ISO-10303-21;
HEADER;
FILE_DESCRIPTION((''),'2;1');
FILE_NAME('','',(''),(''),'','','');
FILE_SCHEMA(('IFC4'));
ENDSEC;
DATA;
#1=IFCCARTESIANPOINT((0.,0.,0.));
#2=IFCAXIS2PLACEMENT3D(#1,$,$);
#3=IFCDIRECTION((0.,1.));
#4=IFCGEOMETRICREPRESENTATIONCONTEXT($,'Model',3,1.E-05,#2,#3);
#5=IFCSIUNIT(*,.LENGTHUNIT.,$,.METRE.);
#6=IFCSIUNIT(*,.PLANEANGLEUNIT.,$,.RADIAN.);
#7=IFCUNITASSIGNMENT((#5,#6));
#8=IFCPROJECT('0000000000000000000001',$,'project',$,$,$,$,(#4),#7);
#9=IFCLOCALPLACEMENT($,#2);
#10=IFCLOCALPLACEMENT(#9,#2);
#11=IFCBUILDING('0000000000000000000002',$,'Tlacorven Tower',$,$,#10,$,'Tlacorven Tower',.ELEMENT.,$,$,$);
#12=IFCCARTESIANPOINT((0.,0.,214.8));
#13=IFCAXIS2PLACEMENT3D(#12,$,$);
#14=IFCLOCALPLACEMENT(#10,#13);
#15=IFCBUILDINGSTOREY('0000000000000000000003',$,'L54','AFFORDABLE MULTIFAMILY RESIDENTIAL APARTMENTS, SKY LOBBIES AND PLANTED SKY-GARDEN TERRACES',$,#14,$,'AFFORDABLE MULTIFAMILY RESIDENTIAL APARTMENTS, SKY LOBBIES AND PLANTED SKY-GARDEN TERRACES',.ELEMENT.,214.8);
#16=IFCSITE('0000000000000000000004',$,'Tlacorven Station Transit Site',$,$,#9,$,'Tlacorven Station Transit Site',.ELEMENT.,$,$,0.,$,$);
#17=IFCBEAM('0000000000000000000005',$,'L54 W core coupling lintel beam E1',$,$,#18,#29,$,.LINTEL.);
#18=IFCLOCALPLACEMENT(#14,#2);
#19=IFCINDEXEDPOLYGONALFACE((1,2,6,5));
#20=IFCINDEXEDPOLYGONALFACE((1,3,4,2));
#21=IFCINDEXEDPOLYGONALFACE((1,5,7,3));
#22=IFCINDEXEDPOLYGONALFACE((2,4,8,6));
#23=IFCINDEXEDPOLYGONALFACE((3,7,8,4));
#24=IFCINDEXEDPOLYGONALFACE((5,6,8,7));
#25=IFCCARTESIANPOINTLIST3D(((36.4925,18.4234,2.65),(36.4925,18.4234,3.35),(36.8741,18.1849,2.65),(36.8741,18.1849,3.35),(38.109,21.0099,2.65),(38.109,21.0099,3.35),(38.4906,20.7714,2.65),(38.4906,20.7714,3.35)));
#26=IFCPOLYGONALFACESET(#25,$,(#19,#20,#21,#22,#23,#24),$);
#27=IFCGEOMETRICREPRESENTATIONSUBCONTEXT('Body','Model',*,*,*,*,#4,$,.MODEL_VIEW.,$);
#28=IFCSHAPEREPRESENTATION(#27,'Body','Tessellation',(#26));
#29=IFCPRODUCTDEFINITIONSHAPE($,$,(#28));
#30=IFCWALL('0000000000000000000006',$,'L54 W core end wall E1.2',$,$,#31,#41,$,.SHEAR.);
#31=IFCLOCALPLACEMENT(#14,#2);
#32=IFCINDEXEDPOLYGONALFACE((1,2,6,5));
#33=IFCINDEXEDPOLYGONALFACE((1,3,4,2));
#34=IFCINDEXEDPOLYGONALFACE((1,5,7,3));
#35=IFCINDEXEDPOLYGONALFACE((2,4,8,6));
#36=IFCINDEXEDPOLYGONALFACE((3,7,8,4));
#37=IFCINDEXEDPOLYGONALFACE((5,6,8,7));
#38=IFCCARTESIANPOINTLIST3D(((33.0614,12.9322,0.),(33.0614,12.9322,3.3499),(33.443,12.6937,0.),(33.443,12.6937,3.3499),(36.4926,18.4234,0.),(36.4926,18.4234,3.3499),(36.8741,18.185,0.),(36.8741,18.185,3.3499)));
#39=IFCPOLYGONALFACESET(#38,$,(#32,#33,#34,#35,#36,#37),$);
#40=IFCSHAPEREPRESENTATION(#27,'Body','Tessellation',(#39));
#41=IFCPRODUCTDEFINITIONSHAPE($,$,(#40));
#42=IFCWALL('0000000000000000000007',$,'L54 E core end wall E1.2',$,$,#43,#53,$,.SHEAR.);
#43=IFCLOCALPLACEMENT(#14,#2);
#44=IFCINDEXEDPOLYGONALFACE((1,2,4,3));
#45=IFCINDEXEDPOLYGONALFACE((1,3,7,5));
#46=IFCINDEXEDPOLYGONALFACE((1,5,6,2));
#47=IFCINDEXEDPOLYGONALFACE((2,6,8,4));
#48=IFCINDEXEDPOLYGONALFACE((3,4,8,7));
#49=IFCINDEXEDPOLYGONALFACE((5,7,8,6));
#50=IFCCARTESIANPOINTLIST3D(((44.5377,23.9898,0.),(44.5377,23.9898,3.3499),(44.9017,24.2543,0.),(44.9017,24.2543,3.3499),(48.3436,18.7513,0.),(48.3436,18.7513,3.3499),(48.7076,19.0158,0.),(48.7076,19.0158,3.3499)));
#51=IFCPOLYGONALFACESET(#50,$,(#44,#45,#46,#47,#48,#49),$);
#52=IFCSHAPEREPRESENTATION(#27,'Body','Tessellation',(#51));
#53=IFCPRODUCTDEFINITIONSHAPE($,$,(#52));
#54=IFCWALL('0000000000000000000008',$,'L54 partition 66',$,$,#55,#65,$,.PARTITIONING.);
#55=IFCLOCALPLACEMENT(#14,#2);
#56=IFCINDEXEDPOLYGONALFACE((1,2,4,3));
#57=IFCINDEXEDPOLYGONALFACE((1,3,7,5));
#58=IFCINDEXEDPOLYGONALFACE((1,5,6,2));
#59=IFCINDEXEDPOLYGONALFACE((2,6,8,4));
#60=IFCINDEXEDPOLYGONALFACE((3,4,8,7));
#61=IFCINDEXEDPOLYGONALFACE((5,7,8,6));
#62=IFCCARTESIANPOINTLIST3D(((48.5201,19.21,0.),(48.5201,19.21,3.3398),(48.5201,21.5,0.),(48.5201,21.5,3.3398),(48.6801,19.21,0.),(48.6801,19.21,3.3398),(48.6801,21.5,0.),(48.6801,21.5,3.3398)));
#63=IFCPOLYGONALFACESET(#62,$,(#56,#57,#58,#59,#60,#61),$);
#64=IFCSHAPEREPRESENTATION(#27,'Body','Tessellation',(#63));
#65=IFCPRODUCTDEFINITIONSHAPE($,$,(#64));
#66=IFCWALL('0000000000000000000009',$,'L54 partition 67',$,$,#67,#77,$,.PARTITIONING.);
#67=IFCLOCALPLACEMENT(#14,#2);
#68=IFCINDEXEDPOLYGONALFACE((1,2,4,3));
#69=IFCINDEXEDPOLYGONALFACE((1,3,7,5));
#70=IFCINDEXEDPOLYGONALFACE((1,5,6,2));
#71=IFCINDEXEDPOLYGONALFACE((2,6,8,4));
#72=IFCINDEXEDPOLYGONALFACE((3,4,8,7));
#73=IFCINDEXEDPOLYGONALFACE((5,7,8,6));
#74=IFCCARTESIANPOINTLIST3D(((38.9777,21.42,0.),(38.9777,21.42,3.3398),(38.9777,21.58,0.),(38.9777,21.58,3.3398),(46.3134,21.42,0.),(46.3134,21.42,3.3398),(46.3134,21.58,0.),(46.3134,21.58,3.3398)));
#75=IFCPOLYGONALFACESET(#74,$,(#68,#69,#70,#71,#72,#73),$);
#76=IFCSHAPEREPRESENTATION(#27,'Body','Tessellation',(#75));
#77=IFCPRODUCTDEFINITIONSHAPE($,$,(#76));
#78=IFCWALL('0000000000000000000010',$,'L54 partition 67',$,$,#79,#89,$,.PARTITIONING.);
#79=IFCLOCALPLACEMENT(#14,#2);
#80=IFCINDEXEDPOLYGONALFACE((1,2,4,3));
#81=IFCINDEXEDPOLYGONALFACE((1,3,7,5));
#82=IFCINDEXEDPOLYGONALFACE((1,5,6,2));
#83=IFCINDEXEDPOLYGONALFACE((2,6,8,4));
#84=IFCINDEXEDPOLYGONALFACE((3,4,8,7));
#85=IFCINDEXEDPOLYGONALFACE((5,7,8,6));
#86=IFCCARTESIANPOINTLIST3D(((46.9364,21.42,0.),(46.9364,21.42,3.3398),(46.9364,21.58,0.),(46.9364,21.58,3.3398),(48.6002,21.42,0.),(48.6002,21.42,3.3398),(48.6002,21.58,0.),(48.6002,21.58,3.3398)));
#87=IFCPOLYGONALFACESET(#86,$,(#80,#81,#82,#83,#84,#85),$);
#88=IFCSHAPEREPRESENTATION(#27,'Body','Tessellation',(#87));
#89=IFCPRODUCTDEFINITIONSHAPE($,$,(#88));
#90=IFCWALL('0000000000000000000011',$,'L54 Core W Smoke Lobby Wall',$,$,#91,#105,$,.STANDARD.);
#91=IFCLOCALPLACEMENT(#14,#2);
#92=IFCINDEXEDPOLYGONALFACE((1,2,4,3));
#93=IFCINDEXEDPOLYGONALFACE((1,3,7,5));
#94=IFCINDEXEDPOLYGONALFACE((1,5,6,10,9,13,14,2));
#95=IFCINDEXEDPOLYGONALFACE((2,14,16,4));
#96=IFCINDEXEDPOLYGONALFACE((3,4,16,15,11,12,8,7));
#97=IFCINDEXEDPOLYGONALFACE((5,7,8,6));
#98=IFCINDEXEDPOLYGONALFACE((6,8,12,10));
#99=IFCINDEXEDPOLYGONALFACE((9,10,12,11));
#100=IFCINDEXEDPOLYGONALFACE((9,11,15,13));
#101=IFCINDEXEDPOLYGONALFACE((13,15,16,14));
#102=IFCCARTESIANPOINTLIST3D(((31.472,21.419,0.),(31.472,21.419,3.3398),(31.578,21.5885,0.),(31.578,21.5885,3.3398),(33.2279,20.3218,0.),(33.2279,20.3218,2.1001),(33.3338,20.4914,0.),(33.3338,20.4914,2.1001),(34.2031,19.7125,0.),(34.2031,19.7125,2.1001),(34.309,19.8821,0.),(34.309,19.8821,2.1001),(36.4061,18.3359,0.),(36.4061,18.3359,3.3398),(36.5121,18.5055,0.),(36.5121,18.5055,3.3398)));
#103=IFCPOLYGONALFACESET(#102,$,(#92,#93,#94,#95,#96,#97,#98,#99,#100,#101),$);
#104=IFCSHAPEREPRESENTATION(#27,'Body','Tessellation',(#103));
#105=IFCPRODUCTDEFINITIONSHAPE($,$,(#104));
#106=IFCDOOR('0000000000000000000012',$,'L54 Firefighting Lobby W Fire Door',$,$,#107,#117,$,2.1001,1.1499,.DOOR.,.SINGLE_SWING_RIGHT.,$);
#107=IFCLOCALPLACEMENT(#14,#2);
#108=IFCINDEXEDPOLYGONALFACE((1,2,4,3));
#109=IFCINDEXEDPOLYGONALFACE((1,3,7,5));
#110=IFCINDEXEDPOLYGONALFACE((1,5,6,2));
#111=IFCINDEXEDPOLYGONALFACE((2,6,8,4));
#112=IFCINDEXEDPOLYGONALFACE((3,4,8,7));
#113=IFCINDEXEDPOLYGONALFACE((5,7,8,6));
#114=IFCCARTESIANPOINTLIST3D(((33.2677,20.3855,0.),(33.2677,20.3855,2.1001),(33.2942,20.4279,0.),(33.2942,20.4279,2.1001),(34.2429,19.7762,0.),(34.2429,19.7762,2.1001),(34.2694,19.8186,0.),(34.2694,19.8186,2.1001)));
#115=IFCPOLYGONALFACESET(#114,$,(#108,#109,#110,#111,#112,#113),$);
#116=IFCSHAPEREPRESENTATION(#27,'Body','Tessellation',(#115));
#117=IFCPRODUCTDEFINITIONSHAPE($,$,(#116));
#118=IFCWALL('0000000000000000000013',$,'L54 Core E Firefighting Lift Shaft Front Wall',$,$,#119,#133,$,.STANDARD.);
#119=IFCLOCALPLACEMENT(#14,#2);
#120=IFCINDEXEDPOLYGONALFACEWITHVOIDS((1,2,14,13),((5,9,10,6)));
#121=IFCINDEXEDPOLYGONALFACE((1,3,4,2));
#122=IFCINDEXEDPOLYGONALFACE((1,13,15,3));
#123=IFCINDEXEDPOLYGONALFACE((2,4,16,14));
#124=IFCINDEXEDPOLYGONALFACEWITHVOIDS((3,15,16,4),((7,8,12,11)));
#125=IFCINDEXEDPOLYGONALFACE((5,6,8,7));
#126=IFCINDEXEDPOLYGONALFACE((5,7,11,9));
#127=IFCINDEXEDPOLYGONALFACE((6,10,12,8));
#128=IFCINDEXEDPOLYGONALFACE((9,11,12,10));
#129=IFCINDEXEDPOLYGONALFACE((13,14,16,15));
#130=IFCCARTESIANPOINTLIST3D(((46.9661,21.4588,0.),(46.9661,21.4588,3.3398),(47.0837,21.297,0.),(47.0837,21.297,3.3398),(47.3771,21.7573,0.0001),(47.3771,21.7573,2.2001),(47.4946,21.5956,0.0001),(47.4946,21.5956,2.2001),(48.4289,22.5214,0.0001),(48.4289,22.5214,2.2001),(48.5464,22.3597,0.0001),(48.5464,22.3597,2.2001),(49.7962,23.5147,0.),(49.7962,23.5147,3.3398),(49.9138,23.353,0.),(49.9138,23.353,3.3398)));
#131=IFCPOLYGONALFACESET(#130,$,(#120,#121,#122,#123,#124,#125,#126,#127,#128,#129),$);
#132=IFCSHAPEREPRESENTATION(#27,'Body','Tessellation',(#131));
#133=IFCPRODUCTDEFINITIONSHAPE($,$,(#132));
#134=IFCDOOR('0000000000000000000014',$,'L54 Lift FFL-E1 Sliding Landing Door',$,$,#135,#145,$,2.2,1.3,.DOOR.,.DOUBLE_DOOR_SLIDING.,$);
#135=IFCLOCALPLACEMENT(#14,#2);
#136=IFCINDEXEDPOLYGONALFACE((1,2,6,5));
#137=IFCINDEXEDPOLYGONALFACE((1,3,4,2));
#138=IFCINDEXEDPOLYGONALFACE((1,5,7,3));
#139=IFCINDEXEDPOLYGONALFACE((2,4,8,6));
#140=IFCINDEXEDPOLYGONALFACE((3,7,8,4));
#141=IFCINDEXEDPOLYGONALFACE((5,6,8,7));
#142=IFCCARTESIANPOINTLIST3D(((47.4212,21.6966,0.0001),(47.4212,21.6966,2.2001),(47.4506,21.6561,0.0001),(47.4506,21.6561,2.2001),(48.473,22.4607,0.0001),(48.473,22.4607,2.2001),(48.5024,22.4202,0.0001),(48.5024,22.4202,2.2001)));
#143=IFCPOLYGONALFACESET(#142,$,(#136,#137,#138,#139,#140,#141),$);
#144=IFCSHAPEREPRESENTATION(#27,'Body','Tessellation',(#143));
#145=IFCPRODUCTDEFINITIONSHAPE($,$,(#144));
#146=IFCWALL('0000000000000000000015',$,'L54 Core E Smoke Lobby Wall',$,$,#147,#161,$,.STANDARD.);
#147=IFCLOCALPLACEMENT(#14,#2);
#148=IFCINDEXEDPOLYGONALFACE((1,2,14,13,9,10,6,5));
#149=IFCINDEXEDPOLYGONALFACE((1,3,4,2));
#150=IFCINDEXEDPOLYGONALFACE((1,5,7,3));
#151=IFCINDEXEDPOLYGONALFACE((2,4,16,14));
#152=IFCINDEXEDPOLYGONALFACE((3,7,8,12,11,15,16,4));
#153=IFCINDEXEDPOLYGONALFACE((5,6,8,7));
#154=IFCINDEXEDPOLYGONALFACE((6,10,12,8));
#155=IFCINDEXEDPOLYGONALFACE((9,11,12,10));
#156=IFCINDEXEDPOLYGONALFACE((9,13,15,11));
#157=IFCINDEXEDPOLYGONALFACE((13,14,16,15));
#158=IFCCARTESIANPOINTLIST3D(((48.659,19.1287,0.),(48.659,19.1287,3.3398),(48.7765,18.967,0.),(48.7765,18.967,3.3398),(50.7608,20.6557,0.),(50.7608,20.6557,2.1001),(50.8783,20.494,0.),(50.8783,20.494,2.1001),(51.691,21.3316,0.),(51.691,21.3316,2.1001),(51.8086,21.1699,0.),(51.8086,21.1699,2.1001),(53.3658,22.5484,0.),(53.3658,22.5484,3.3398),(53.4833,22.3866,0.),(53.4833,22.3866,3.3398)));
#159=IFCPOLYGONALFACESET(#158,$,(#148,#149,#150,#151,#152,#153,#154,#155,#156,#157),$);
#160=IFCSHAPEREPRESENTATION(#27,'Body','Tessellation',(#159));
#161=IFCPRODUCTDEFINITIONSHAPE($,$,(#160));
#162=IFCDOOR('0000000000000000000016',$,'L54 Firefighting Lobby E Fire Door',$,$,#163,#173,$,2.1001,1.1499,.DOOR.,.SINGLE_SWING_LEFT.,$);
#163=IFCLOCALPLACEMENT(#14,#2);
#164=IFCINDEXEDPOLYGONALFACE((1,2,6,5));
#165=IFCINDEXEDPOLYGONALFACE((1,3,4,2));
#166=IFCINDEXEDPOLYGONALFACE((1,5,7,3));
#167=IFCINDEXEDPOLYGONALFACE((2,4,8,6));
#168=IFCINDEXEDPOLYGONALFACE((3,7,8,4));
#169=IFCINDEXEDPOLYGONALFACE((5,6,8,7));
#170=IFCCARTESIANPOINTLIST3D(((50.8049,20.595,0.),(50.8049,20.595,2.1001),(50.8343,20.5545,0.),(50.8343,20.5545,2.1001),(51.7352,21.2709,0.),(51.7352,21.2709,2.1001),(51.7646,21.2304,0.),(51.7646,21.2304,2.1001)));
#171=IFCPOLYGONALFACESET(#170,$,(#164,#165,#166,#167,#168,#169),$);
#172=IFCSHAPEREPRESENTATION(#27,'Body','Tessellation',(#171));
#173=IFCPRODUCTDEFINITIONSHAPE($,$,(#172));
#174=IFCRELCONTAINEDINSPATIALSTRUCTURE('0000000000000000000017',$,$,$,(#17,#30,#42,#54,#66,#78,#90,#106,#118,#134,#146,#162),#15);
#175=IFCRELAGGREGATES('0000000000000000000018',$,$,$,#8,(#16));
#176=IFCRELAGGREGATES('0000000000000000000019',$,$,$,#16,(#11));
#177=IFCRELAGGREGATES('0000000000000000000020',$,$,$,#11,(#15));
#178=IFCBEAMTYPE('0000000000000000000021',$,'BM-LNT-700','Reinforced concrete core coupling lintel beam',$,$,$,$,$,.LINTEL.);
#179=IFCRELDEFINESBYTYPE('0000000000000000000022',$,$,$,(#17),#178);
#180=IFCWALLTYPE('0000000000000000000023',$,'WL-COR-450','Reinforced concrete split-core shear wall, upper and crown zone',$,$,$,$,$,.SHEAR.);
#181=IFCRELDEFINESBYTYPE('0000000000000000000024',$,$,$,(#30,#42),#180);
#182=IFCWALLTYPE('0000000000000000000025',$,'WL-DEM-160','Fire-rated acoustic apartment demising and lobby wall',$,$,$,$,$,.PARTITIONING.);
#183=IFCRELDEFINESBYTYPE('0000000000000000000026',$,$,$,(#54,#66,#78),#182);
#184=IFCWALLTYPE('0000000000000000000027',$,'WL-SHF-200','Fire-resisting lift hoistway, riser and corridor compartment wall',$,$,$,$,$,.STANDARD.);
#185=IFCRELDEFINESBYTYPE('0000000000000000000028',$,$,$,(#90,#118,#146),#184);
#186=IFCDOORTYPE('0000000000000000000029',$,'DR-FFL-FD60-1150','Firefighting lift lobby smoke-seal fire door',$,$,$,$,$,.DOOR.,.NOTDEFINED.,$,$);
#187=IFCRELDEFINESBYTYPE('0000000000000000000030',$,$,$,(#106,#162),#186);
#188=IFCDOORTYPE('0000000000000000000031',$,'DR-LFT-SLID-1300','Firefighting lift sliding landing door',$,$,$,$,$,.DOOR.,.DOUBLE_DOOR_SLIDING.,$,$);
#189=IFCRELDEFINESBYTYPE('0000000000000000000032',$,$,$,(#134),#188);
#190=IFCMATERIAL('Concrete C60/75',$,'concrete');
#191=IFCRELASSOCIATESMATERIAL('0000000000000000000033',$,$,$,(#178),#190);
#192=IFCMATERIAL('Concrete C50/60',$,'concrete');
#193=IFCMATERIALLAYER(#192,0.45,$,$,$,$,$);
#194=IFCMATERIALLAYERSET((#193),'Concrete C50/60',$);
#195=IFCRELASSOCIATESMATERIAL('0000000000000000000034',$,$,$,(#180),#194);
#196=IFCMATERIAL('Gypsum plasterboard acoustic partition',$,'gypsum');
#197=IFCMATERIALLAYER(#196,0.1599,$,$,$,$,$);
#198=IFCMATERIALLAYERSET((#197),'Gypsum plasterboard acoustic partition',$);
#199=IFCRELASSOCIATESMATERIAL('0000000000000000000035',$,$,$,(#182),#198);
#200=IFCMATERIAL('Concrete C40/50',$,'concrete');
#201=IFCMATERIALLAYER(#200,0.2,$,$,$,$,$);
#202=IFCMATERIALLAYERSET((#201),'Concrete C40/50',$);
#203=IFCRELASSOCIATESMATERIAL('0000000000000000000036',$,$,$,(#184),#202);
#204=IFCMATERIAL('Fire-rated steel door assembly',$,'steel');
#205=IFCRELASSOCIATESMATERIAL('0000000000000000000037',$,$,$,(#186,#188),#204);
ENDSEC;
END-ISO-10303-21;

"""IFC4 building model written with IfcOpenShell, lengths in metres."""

from ifc_helpers import new_model, si_unit, direction, frame, frame_2d, origin, origin_2d, place, context, subcontext, project, spatial, rectangle, extrude, source, transform, mapped, material, layer, layer_set, material_profile, profile_set, type_object, element, fill, save


model = new_model("IFC4")

# Units and contexts
model_context = context("Model", 3, precision=1e-05, world=origin(), true_north=direction((0.0, 1.0)))
body_context = subcontext(model_context, "Body", "Model", "MODEL_VIEW")
ifc_project = project(units=[si_unit("LENGTHUNIT", "METRE"), si_unit("PLANEANGLEUNIT", "RADIAN")], contexts=[model_context])

# Site, building, storey
site_placement = place(None, origin())
site = spatial("IfcSite", under=ifc_project, at=site_placement, Name="Tlacorven Station Transit Site", LongName="Tlacorven Station Transit Site", CompositionType="ELEMENT", RefElevation=0.0)
building_placement = place(site_placement, origin())
building = spatial("IfcBuilding", under=site, at=building_placement, Name="Tlacorven Tower", LongName="Tlacorven Tower", CompositionType="ELEMENT")
storey_placement = place(building_placement, frame((0.0, 0.0, 214.8)))
storey = spatial("IfcBuildingStorey", under=building, at=storey_placement, Name="L54", Description="AFFORDABLE MULTIFAMILY RESIDENTIAL APARTMENTS, SKY LOBBIES AND PLANTED SKY-GARDEN TERRACES", LongName="AFFORDABLE MULTIFAMILY RESIDENTIAL APARTMENTS, SKY LOBBIES AND PLANTED SKY-GARDEN TERRACES", CompositionType="ELEMENT", Elevation=214.8)

# Beam
ifc_material_1 = material(Name="Concrete C60/75", Category="concrete")
ifc_material_profile = material_profile(ifc_material_1, rectangle(XDim=0.45, YDim=0.7, at=origin_2d()), Name="RC 450X700")
ifc_profile_set = profile_set([ifc_material_profile], Name="Concrete C60/75")
beam_type = type_object("IfcBeamType", Name="BM-LNT-700", Description="Reinforced concrete core coupling lintel beam", PredefinedType="LINTEL", material=ifc_profile_set)
shared_shape_1 = source(origin(), body_context, "Body", "SweptSolid", [
    extrude(rectangle(XDim=0.45, YDim=0.7, at=origin_2d()), origin(), (0.0, 0.0, 1.0), 3.05),
])
beam_placement = place(storey_placement, frame((38.2998, 20.8906, 3.0), z_axis=(-0.529985, -0.848007, 0.0), x_axis=(0.848007, -0.529985, 0.0)))
element("IfcBeam", 1, at=beam_placement, inside=storey, type_object=beam_type, Name="L54 W core coupling lintel beam E1", PredefinedType="LINTEL", context=body_context, shape_type="MappedRepresentation", body=[
    mapped(shared_shape_1, transform((0.0, 0.0, 0.0), scale=1.0)),
])

# Walls
ifc_material_2 = material(Name="Concrete C50/60", Category="concrete")
ifc_layer_1 = layer(ifc_material_2, 0.45)
ifc_layer_set_1 = layer_set([ifc_layer_1], Name="Concrete C50/60")
wall_type_1 = type_object("IfcWallType", Name="WL-COR-450", Description="Reinforced concrete split-core shear wall, upper and crown zone", PredefinedType="SHEAR", material=ifc_layer_set_1)
for number, where, z_axis, x_axis, name in (
    (2, (36.6833, 18.3042, 0.0), (0.0, 0.0, 1.0), (-0.529904, -0.848058, 0.0), "L54 W core end wall E1.2"),
    (3, (48.5256, 18.8835, 0.0), (0.0, 0.0, 1.0), (-0.587775, 0.809025, 0.0), "L54 E core end wall E1.2"),
):
    element("IfcWall", number, at=place(storey_placement, frame(where, z_axis=z_axis, x_axis=x_axis)), inside=storey, type_object=wall_type_1, Name=name, PredefinedType="SHEAR", context=body_context, shape_type="SweptSolid", body=[
        extrude(rectangle(XDim=6.4751, YDim=0.45, at=frame_2d((3.2375, 0.0))), origin(), (0.0, 0.0, 1.0), 3.3499),
    ])
ifc_material_3 = material(Name="Gypsum plasterboard acoustic partition", Category="gypsum")
ifc_layer_2 = layer(ifc_material_3, 0.1599)
ifc_layer_set_2 = layer_set([ifc_layer_2], Name="Gypsum plasterboard acoustic partition")
wall_type_2 = type_object("IfcWallType", Name="WL-DEM-160", Description="Fire-rated acoustic apartment demising and lobby wall", PredefinedType="PARTITIONING", material=ifc_layer_set_2)
wall_1_placement = place(storey_placement, frame((48.6001, 19.21, 0.0), z_axis=(0.0, 0.0, 1.0), x_axis=(0.0, 1.0, 0.0)))
element("IfcWall", 4, at=wall_1_placement, inside=storey, type_object=wall_type_2, Name="L54 partition 66", PredefinedType="PARTITIONING", context=body_context, shape_type="SweptSolid", body=[
    extrude(rectangle(XDim=2.29, YDim=0.1599, at=frame_2d((1.145, 0.0))), origin(), (0.0, 0.0, 1.0), 3.3398),
])
wall_2_placement = place(storey_placement, frame((38.9775, 21.5, 0.0), z_axis=(0.0, 0.0, 1.0), x_axis=(1.0, 0.0, 0.0)))
element("IfcWall", 5, at=wall_2_placement, inside=storey, type_object=wall_type_2, Name="L54 partition 67", PredefinedType="PARTITIONING", context=body_context, shape_type="SweptSolid", body=[
    extrude(rectangle(XDim=7.3357, YDim=0.1599, at=frame_2d((3.668, 0.0))), origin(), (0.0, 0.0, 1.0), 3.3398),
])
wall_3_placement = place(storey_placement, frame((46.9363, 21.5, 0.0), z_axis=(0.0, 0.0, 1.0), x_axis=(1.0, 0.0, 0.0)))
element("IfcWall", 6, at=wall_3_placement, inside=storey, type_object=wall_type_2, Name="L54 partition 67", PredefinedType="PARTITIONING", context=body_context, shape_type="SweptSolid", body=[
    extrude(rectangle(XDim=1.6638, YDim=0.1599, at=frame_2d((0.832, 0.0))), origin(), (0.0, 0.0, 1.0), 3.3398),
])

# Walls, openings, doors
ifc_material_4 = material(Name="Concrete C40/50", Category="concrete")
ifc_layer_3 = layer(ifc_material_4, 0.2)
ifc_layer_set_3 = layer_set([ifc_layer_3], Name="Concrete C40/50")
wall_type_3 = type_object("IfcWallType", Name="WL-SHF-200", Description="Fire-resisting lift hoistway, riser and corridor compartment wall", PredefinedType="STANDARD", material=ifc_layer_set_3)
wall_4_placement = place(storey_placement, frame((36.4592, 18.4207, 0.0), z_axis=(0.0, 0.0, 1.0), x_axis=(-0.84806, 0.529901, 0.0)))
wall_4 = element("IfcWall", 7, at=wall_4_placement, inside=storey, type_object=wall_type_3, Name="L54 Core W Smoke Lobby Wall", PredefinedType="STANDARD", context=body_context, shape_type="SweptSolid", body=[
    extrude(rectangle(XDim=5.8181, YDim=0.2, at=frame_2d((2.9092, 0.0))), origin(), (0.0, 0.0, 1.0), 3.3398),
])
opening_1_placement = place(wall_4_placement, frame((2.5979, 0.0, 0.0)))
opening_1 = element("IfcOpeningElement", 8, at=opening_1_placement, cuts=wall_4, PredefinedType="OPENING", context=body_context, shape_type="SweptSolid", body=[
    extrude(rectangle(XDim=1.1499, YDim=2.1001, at=frame_2d((0.575, 1.05))), frame((0.0, 0.1099, 0.0), z_axis=(0.0, -1.0, 0.0), x_axis=(1.0, 0.0, 0.0)), (0.0, 0.0, 1.0), 0.22),
])
ifc_material_5 = material(Name="Fire-rated steel door assembly", Category="steel")
door_type_1 = type_object("IfcDoorType", Name="DR-FFL-FD60-1150", Description="Firefighting lift lobby smoke-seal fire door", OperationType="NOTDEFINED", PredefinedType="DOOR", material=ifc_material_5)
shared_shape_2 = source(origin(), body_context, "Body", "SweptSolid", [
    extrude(rectangle(XDim=1.1499, YDim=2.1001, at=frame_2d((0.575, 1.05))), frame((0.0, 0.0249, 0.0), z_axis=(0.0, -1.0, 0.0), x_axis=(1.0, 0.0, 0.0)), (0.0, 0.0, 1.0), 0.05),
])
door_1_placement = place(opening_1_placement, origin())
door_1 = element("IfcDoor", 9, at=door_1_placement, inside=storey, type_object=door_type_1, Name="L54 Firefighting Lobby W Fire Door", OperationType="SINGLE_SWING_RIGHT", OverallHeight=2.1001, OverallWidth=1.1499, PredefinedType="DOOR", context=body_context, shape_type="MappedRepresentation", body=[
    mapped(shared_shape_2, transform((0.0, 0.0, 0.0), scale=1.0)),
])
fill(opening_1, door_1)
wall_5_placement = place(storey_placement, frame((47.0249, 21.3779, 0.0), z_axis=(0.0, 0.0, 1.0), x_axis=(0.809053, 0.587736, 0.0)))
wall_5 = element("IfcWall", 10, at=wall_5_placement, inside=storey, type_object=wall_type_3, Name="L54 Core E Firefighting Lift Shaft Front Wall", PredefinedType="STANDARD", context=body_context, shape_type="SweptSolid", body=[
    extrude(rectangle(XDim=3.498, YDim=0.2, at=frame_2d((1.749, 0.0))), origin(), (0.0, 0.0, 1.0), 3.3398),
])
opening_2_placement = place(wall_5_placement, frame((0.5081, 0.0, 0.0)))
opening_2 = element("IfcOpeningElement", 11, at=opening_2_placement, cuts=wall_5, PredefinedType="OPENING", context=body_context, shape_type="SweptSolid", body=[
    extrude(rectangle(XDim=1.3, YDim=2.2, at=frame_2d((0.6499, 1.1001))), frame((0.0, 0.1099, 0.0), z_axis=(0.0, -1.0, 0.0), x_axis=(1.0, 0.0, 0.0)), (0.0, 0.0, 1.0), 0.22),
])
door_type_2 = type_object("IfcDoorType", Name="DR-LFT-SLID-1300", Description="Firefighting lift sliding landing door", OperationType="DOUBLE_DOOR_SLIDING", PredefinedType="DOOR", material=ifc_material_5)
shared_shape_3 = source(origin(), body_context, "Body", "SweptSolid", [
    extrude(rectangle(XDim=1.3, YDim=2.2, at=frame_2d((0.6499, 1.1001))), frame((0.0, 0.0249, 0.0), z_axis=(0.0, -1.0, 0.0), x_axis=(1.0, 0.0, 0.0)), (0.0, 0.0, 1.0), 0.05),
])
door_2_placement = place(opening_2_placement, origin())
door_2 = element("IfcDoor", 12, at=door_2_placement, inside=storey, type_object=door_type_2, Name="L54 Lift FFL-E1 Sliding Landing Door", OperationType="DOUBLE_DOOR_SLIDING", OverallHeight=2.2, OverallWidth=1.3, PredefinedType="DOOR", context=body_context, shape_type="MappedRepresentation", body=[
    mapped(shared_shape_3, transform((0.0, 0.0, 0.0), scale=1.0)),
])
fill(opening_2, door_2)
wall_6_placement = place(storey_placement, frame((48.7178, 19.0479, 0.0), z_axis=(0.0, 0.0, 1.0), x_axis=(0.809017, 0.587785, 0.0)))
wall_6 = element("IfcWall", 13, at=wall_6_placement, inside=storey, type_object=wall_type_3, Name="L54 Core E Smoke Lobby Wall", PredefinedType="STANDARD", context=body_context, shape_type="SweptSolid", body=[
    extrude(rectangle(XDim=5.8179, YDim=0.2, at=frame_2d((2.9089, 0.0))), origin(), (0.0, 0.0, 1.0), 3.3398),
])
opening_3_placement = place(wall_6_placement, frame((2.5979, 0.0, 0.0)))
opening_3 = element("IfcOpeningElement", 14, at=opening_3_placement, cuts=wall_6, PredefinedType="OPENING", context=body_context, shape_type="SweptSolid", body=[
    extrude(rectangle(XDim=1.1499, YDim=2.1001, at=frame_2d((0.575, 1.05))), frame((0.0, 0.1099, 0.0), z_axis=(0.0, -1.0, 0.0), x_axis=(1.0, 0.0, 0.0)), (0.0, 0.0, 1.0), 0.22),
])
door_3_placement = place(opening_3_placement, origin())
door_3 = element("IfcDoor", 15, at=door_3_placement, inside=storey, type_object=door_type_1, Name="L54 Firefighting Lobby E Fire Door", OperationType="SINGLE_SWING_LEFT", OverallHeight=2.1001, OverallWidth=1.1499, PredefinedType="DOOR", context=body_context, shape_type="MappedRepresentation", body=[
    mapped(shared_shape_2, transform((0.0, 0.0, 0.0), scale=1.0)),
])
fill(opening_3, door_3)

save(model, "model.ifc")
